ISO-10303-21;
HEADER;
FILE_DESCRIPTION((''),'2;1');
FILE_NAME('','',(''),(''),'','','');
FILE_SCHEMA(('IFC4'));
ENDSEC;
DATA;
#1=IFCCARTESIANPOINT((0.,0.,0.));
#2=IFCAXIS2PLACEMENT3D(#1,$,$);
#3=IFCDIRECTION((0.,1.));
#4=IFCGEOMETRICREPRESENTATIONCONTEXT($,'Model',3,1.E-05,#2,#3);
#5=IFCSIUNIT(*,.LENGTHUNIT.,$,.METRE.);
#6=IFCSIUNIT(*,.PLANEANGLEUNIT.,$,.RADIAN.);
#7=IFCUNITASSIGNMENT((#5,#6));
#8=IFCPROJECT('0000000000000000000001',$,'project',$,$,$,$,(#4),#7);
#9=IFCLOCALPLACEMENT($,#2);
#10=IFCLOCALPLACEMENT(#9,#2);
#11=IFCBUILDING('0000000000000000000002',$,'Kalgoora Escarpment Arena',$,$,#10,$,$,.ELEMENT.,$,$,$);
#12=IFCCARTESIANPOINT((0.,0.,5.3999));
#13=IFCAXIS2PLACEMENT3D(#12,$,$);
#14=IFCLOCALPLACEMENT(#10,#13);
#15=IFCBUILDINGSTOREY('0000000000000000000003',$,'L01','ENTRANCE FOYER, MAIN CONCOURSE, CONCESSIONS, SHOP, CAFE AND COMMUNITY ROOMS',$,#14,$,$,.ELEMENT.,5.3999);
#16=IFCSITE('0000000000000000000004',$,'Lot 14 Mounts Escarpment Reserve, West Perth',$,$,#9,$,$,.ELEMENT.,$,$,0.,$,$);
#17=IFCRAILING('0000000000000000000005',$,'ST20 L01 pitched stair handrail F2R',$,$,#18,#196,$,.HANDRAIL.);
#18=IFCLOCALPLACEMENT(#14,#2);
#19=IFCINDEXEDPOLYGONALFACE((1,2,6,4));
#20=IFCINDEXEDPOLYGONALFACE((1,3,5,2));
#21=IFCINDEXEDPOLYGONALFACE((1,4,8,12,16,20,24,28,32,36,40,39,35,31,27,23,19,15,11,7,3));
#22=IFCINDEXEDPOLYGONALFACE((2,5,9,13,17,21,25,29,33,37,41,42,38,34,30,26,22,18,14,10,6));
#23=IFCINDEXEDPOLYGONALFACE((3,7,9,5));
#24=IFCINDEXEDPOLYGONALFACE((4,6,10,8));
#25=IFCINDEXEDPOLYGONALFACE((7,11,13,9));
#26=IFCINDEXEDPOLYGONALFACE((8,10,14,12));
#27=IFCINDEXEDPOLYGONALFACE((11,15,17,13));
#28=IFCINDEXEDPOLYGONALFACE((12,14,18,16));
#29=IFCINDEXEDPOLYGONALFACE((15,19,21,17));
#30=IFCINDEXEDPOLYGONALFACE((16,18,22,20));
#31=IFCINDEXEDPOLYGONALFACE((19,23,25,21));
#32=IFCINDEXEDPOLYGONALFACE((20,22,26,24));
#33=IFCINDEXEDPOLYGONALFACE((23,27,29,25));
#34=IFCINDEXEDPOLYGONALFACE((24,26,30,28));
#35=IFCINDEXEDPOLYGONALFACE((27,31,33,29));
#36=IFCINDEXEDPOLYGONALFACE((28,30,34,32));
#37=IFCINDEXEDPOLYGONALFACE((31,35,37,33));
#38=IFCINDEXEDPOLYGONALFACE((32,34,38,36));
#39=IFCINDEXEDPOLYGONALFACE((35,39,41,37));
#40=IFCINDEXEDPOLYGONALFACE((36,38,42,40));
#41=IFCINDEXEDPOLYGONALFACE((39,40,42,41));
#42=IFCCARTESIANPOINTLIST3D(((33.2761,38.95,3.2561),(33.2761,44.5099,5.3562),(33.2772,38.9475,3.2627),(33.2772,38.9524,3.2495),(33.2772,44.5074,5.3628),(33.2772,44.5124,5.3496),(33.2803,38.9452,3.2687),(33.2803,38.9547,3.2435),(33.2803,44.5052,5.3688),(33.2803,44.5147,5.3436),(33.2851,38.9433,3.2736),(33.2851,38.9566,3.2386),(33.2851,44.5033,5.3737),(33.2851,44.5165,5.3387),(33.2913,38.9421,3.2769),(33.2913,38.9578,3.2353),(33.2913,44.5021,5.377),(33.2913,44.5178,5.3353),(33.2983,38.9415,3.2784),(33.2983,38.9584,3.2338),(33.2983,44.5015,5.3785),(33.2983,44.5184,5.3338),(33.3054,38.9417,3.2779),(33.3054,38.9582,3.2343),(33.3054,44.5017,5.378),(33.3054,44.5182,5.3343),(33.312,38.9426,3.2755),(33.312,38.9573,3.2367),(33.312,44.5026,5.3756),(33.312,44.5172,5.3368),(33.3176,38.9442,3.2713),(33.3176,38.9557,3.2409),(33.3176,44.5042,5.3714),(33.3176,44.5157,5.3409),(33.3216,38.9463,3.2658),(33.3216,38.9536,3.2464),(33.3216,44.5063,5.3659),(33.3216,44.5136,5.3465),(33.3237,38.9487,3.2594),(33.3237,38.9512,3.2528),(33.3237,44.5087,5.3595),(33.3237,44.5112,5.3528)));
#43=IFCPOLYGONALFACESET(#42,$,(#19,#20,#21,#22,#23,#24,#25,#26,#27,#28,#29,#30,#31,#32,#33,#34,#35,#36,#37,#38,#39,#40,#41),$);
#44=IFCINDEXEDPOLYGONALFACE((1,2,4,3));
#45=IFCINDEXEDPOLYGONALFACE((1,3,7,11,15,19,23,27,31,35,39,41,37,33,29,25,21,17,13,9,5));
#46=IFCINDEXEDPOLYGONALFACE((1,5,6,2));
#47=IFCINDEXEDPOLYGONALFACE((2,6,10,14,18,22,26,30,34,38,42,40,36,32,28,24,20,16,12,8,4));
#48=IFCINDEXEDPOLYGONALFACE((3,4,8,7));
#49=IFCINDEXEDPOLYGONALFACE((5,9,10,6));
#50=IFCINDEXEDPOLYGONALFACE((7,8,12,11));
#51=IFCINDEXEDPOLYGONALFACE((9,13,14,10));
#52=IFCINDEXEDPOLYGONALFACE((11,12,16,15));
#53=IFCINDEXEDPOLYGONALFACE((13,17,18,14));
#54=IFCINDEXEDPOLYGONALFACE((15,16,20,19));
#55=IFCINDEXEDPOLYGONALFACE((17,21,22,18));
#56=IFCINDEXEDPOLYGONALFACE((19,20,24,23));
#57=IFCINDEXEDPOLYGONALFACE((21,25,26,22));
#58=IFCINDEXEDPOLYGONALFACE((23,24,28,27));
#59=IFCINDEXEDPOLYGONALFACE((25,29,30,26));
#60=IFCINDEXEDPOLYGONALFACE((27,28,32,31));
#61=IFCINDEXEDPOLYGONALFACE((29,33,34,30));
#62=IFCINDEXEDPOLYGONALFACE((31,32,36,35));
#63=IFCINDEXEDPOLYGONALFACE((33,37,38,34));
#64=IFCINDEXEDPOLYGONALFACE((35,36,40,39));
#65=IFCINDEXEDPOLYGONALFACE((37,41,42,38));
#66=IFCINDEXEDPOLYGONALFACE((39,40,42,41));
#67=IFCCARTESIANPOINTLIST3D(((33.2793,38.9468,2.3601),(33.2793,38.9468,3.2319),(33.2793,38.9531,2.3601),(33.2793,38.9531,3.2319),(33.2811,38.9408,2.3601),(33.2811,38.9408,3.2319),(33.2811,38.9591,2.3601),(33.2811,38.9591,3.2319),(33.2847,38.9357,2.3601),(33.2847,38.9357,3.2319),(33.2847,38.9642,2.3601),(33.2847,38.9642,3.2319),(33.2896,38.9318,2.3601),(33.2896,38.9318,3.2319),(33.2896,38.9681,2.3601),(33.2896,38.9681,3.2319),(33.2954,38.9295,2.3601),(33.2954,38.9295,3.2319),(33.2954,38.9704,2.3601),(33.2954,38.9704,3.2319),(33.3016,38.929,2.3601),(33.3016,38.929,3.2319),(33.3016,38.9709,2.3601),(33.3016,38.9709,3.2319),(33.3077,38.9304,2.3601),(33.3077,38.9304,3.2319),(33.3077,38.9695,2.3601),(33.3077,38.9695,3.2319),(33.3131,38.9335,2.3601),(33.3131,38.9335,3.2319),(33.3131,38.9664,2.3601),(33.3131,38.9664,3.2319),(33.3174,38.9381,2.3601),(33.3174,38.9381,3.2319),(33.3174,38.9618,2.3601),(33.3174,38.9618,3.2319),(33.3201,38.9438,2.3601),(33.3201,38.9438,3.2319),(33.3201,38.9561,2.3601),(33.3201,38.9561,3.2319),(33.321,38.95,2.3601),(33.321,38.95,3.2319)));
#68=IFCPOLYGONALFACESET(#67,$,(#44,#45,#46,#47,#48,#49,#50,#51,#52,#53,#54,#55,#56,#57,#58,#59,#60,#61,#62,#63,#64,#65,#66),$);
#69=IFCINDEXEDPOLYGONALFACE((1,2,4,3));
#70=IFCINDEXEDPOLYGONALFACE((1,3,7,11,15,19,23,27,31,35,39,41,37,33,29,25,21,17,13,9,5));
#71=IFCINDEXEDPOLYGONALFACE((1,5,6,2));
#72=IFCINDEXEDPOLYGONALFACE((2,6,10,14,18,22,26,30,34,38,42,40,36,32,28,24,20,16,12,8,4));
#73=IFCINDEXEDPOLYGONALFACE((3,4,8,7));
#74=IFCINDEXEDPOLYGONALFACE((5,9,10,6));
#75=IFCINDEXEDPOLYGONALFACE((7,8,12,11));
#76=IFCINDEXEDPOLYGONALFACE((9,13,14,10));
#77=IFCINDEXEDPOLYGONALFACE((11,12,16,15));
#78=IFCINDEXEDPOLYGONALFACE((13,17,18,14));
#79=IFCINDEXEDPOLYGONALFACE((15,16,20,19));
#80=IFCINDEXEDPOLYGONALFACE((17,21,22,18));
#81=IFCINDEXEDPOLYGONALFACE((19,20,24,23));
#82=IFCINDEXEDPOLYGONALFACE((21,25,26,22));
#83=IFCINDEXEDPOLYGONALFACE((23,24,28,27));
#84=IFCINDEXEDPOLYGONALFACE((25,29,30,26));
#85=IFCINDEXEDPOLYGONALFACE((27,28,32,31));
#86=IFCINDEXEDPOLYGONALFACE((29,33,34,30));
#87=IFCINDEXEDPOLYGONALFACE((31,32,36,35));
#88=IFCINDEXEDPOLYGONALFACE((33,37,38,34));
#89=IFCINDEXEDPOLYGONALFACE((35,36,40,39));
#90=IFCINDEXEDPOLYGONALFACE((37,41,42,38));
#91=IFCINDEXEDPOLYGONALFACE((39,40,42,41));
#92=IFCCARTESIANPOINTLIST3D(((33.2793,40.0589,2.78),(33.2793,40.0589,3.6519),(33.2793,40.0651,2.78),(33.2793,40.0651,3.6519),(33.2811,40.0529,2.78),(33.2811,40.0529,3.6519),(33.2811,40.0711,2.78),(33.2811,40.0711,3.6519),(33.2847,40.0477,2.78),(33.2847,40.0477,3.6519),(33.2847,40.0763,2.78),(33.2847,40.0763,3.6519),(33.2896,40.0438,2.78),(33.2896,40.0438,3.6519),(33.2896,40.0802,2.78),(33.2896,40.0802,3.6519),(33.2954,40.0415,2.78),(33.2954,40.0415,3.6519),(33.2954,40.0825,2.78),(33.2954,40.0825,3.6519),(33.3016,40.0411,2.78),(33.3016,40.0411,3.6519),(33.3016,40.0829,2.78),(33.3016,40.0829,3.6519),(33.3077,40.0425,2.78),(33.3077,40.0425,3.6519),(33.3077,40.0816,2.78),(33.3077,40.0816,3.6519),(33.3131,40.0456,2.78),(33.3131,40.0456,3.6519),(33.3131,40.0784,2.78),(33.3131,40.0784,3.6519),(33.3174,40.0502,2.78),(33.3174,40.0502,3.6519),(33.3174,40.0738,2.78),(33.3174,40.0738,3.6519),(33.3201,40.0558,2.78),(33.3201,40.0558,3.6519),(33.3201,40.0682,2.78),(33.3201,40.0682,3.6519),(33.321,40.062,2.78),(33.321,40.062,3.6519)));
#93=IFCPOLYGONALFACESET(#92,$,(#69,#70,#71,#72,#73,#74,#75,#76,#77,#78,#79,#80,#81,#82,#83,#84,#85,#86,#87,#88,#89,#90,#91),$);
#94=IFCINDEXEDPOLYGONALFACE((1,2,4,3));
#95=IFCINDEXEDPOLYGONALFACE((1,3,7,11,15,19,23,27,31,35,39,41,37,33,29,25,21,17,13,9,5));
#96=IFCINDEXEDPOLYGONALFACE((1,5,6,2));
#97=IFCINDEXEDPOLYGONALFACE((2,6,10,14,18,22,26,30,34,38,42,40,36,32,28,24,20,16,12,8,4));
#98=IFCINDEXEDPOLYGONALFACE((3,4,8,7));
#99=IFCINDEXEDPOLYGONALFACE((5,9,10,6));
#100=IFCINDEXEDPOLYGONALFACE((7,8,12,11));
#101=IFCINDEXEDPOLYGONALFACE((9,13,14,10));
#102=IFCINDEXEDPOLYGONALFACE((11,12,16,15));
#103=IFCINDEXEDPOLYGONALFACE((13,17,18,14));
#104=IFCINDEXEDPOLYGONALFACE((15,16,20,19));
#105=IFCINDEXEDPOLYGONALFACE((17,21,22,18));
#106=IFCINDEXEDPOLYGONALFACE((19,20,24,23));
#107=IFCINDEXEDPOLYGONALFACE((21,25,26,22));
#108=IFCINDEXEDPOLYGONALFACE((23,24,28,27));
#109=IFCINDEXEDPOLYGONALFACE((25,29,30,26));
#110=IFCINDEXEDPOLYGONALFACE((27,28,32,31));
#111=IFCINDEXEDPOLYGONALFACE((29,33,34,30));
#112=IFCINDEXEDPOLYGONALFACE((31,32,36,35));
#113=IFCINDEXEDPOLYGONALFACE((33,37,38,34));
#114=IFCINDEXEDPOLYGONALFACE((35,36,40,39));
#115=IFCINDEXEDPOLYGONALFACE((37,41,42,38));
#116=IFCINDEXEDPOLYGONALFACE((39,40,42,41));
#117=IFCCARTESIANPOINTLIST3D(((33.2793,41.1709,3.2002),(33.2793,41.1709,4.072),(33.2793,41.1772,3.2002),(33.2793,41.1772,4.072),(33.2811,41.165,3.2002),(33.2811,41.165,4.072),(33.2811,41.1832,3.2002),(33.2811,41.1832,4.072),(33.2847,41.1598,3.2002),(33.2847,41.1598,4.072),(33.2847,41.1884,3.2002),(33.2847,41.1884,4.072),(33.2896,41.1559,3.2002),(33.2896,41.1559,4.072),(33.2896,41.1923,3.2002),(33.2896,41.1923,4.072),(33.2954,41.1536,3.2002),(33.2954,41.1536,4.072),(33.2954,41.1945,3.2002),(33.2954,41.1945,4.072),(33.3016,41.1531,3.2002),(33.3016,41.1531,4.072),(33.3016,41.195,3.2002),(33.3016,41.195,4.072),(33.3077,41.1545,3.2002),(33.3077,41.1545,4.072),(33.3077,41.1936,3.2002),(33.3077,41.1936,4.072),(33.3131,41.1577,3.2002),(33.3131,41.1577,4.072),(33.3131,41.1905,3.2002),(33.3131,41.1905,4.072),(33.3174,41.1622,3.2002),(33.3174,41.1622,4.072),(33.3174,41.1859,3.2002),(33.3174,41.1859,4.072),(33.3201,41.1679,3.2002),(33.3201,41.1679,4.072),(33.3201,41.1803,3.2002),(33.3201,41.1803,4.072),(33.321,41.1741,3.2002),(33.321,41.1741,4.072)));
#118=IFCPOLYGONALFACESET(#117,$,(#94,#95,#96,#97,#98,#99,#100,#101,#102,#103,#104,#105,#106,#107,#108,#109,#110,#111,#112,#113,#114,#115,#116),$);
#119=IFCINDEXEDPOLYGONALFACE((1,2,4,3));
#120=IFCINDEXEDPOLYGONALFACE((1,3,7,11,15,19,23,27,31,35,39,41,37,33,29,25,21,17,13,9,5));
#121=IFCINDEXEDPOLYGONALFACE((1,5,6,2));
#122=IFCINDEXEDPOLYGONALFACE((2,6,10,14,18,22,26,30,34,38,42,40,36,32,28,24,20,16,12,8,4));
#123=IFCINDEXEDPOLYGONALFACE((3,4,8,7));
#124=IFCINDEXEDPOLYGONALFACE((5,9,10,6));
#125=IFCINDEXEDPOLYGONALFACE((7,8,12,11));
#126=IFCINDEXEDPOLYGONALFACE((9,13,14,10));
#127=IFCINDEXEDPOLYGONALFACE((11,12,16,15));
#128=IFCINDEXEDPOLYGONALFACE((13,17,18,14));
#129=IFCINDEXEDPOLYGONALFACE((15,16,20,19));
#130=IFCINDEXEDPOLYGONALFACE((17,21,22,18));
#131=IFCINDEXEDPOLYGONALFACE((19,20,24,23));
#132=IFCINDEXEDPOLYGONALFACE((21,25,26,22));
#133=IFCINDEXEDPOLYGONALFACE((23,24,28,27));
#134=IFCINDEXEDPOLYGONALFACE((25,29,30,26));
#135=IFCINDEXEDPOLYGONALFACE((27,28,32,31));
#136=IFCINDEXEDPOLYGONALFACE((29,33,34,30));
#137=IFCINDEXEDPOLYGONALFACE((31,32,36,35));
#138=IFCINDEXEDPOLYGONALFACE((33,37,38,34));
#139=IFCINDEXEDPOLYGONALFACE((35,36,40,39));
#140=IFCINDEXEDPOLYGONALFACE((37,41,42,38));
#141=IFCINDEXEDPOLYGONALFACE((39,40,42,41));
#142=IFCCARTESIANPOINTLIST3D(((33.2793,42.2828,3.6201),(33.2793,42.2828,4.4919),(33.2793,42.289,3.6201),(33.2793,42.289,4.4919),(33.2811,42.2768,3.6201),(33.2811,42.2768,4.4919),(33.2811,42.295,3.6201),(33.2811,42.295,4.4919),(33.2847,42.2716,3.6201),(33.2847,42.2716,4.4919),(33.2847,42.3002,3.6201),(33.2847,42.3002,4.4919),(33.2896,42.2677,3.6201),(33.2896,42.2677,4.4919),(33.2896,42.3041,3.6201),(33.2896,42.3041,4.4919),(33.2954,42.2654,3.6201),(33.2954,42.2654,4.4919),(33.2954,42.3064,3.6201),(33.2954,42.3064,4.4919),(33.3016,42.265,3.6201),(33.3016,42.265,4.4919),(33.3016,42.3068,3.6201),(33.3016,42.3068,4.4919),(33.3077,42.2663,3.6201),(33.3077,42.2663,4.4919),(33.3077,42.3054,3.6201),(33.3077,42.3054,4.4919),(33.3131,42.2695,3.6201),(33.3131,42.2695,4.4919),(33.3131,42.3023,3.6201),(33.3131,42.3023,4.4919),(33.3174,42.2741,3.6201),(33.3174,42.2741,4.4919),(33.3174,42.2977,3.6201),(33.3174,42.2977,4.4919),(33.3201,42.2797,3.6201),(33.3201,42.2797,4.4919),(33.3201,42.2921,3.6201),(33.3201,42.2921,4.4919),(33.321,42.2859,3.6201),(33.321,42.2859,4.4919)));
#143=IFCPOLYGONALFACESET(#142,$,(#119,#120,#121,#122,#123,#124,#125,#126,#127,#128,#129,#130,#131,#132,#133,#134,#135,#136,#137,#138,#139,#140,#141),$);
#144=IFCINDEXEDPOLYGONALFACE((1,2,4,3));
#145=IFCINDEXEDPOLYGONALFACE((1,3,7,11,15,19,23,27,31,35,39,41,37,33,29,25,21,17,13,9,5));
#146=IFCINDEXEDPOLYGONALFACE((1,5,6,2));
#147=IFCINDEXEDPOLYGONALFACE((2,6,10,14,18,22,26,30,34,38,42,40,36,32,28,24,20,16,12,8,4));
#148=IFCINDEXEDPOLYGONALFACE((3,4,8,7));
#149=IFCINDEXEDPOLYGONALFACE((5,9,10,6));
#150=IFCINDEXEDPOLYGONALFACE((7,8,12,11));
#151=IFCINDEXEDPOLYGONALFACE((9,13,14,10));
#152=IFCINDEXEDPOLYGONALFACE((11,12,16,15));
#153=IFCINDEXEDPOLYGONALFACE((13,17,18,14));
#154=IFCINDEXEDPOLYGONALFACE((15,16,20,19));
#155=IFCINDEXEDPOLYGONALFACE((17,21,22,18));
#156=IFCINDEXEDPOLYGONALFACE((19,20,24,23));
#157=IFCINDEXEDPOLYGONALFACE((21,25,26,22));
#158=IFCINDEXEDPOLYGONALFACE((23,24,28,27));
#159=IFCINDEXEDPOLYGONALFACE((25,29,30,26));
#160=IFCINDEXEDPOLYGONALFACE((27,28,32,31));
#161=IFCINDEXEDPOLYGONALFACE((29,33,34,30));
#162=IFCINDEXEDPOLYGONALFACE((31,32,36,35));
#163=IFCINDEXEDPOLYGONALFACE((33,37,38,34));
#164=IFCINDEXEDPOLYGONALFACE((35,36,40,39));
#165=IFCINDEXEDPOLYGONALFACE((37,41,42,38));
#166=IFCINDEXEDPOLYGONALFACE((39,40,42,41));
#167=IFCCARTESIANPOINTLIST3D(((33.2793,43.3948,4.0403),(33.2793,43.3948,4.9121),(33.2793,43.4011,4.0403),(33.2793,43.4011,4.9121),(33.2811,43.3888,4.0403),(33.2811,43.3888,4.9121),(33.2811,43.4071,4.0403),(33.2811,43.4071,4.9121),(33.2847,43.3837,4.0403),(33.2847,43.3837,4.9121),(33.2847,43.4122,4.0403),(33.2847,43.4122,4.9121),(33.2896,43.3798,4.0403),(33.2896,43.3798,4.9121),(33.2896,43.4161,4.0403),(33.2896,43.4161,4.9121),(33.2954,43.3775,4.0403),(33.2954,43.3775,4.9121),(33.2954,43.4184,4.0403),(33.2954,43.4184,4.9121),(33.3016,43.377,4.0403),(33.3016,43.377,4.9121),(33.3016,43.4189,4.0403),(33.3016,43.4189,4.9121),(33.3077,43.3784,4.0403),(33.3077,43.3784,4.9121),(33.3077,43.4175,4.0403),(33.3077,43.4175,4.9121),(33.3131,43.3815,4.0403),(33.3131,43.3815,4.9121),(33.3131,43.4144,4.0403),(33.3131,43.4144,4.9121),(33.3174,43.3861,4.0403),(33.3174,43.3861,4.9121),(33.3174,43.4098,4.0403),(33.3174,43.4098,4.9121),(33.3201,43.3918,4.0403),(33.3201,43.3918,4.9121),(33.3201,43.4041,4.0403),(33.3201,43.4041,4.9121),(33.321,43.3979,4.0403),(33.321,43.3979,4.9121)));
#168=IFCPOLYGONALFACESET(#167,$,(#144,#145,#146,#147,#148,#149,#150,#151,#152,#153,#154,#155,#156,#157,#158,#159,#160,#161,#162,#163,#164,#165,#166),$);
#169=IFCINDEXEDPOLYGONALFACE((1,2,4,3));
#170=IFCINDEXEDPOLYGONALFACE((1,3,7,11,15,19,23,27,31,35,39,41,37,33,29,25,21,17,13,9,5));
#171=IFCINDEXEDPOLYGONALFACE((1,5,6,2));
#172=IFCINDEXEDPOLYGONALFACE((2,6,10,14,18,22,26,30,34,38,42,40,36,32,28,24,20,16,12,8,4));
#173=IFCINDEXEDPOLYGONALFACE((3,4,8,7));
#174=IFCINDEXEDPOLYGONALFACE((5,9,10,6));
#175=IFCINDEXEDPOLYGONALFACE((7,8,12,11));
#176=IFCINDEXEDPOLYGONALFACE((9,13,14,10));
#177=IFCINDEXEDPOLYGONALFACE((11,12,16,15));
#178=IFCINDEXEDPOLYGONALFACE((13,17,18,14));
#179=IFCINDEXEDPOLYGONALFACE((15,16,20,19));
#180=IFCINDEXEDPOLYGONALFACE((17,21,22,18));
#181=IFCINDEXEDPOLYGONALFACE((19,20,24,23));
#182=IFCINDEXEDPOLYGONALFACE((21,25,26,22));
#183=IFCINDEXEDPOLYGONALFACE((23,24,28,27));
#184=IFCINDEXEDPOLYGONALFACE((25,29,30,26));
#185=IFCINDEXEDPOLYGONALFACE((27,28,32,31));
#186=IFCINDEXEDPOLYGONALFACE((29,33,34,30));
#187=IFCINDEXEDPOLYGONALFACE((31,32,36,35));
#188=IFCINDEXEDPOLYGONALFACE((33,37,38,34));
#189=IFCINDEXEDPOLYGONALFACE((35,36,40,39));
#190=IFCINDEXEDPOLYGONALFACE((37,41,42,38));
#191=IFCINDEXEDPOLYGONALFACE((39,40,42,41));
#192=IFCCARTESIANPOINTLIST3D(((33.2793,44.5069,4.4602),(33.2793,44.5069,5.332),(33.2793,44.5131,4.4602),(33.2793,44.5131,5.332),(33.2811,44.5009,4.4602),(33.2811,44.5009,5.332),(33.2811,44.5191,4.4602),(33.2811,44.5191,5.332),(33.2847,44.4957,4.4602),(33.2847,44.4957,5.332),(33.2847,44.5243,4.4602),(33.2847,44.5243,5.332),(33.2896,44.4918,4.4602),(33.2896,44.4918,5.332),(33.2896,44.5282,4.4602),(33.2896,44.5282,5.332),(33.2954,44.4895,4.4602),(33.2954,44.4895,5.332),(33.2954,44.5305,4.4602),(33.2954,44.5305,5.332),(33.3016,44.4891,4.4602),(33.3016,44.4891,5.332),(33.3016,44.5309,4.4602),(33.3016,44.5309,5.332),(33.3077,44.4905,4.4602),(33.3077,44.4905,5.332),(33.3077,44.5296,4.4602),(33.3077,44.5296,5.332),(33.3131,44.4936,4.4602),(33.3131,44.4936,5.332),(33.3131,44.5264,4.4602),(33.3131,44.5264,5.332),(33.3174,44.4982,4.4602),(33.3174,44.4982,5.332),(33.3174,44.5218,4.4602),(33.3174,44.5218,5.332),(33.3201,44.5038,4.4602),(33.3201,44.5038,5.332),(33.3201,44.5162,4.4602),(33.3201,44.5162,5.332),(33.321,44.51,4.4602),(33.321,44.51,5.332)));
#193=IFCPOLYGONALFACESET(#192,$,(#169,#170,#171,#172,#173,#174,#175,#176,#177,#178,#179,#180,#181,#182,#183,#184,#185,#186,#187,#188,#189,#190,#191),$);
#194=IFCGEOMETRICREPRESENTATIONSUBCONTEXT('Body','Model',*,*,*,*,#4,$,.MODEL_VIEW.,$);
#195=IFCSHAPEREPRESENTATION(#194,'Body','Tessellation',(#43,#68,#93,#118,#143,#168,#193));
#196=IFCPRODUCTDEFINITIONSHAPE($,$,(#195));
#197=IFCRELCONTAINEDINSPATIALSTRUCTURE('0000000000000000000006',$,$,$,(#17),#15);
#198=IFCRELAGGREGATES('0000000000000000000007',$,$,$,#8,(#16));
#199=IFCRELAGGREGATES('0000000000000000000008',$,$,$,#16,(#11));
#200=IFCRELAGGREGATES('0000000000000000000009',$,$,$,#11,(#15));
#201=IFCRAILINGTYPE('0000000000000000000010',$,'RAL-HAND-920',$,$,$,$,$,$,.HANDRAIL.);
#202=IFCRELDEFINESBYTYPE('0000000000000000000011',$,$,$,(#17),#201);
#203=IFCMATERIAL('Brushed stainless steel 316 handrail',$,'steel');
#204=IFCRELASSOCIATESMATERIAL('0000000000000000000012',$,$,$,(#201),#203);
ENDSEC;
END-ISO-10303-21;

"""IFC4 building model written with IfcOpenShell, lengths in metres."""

from ifc_helpers import new_model, si_unit, direction, frame, origin, origin_2d, place, context, subcontext, project, spatial, circle, extrude, material, type_object, element, save


model = new_model("IFC4")

# Units and contexts
model_context = context("Model", 3, precision=1e-05, world=origin(), true_north=direction((0.0, 1.0)))
body_context = subcontext(model_context, "Body", "Model", "MODEL_VIEW")
ifc_project = project(units=[si_unit("LENGTHUNIT", "METRE"), si_unit("PLANEANGLEUNIT", "RADIAN")], contexts=[model_context])

# Site, building, storey
site_placement = place(None, origin())
site = spatial("IfcSite", under=ifc_project, at=site_placement, Name="Lot 14 Mounts Escarpment Reserve, West Perth", CompositionType="ELEMENT", RefElevation=0.0)
building_placement = place(site_placement, origin())
building = spatial("IfcBuilding", under=site, at=building_placement, Name="Kalgoora Escarpment Arena", CompositionType="ELEMENT")
storey_placement = place(building_placement, frame((0.0, 0.0, 5.3999)))
storey = spatial("IfcBuildingStorey", under=building, at=storey_placement, Name="L01", Description="ENTRANCE FOYER, MAIN CONCOURSE, CONCESSIONS, SHOP, CAFE AND COMMUNITY ROOMS", CompositionType="ELEMENT", Elevation=5.3999)

# Railing
ifc_material_1 = material(Name="Brushed stainless steel 316 handrail", Category="steel")
railing_type_1 = type_object("IfcRailingType", Name="RAL-HAND-920", PredefinedType="HANDRAIL", material=ifc_material_1)
for number, where, name in (
    (1, (33.3, 38.95, 2.3601), "ST20 L01 pitched stair handrail F2R"),
):
    element("IfcRailing", number, at=place(storey_placement, frame(where)), inside=storey, type_object=railing_type_1, Name=name, PredefinedType="HANDRAIL", context=body_context, shape_type="SweptSolid", body=[
        extrude(circle(Radius=0.0239, at=origin_2d()), frame((0.0, 0.0, 0.896), z_axis=(0.0, 0.935493, 0.353346), x_axis=(-1.0, 0.0, 0.0)), (0.0, 0.0, 1.0), 5.9434),
        extrude(circle(Radius=0.021, at=origin_2d()), origin(), (0.0, 0.0, 1.0), 0.8718),
        extrude(circle(Radius=0.021, at=origin_2d()), frame((0.0, 1.1121, 0.4199)), (0.0, 0.0, 1.0), 0.8718),
        extrude(circle(Radius=0.021, at=origin_2d()), frame((0.0, 2.2241, 0.8401)), (0.0, 0.0, 1.0), 0.8718),
        extrude(circle(Radius=0.021, at=origin_2d()), frame((0.0, 3.3359, 1.26)), (0.0, 0.0, 1.0), 0.8718),
        extrude(circle(Radius=0.021, at=origin_2d()), frame((0.0, 4.448, 1.6802)), (0.0, 0.0, 1.0), 0.8718),
        extrude(circle(Radius=0.021, at=origin_2d()), frame((0.0, 5.5601, 2.1001)), (0.0, 0.0, 1.0), 0.8718),
    ])

save(model, "model.ifc")
